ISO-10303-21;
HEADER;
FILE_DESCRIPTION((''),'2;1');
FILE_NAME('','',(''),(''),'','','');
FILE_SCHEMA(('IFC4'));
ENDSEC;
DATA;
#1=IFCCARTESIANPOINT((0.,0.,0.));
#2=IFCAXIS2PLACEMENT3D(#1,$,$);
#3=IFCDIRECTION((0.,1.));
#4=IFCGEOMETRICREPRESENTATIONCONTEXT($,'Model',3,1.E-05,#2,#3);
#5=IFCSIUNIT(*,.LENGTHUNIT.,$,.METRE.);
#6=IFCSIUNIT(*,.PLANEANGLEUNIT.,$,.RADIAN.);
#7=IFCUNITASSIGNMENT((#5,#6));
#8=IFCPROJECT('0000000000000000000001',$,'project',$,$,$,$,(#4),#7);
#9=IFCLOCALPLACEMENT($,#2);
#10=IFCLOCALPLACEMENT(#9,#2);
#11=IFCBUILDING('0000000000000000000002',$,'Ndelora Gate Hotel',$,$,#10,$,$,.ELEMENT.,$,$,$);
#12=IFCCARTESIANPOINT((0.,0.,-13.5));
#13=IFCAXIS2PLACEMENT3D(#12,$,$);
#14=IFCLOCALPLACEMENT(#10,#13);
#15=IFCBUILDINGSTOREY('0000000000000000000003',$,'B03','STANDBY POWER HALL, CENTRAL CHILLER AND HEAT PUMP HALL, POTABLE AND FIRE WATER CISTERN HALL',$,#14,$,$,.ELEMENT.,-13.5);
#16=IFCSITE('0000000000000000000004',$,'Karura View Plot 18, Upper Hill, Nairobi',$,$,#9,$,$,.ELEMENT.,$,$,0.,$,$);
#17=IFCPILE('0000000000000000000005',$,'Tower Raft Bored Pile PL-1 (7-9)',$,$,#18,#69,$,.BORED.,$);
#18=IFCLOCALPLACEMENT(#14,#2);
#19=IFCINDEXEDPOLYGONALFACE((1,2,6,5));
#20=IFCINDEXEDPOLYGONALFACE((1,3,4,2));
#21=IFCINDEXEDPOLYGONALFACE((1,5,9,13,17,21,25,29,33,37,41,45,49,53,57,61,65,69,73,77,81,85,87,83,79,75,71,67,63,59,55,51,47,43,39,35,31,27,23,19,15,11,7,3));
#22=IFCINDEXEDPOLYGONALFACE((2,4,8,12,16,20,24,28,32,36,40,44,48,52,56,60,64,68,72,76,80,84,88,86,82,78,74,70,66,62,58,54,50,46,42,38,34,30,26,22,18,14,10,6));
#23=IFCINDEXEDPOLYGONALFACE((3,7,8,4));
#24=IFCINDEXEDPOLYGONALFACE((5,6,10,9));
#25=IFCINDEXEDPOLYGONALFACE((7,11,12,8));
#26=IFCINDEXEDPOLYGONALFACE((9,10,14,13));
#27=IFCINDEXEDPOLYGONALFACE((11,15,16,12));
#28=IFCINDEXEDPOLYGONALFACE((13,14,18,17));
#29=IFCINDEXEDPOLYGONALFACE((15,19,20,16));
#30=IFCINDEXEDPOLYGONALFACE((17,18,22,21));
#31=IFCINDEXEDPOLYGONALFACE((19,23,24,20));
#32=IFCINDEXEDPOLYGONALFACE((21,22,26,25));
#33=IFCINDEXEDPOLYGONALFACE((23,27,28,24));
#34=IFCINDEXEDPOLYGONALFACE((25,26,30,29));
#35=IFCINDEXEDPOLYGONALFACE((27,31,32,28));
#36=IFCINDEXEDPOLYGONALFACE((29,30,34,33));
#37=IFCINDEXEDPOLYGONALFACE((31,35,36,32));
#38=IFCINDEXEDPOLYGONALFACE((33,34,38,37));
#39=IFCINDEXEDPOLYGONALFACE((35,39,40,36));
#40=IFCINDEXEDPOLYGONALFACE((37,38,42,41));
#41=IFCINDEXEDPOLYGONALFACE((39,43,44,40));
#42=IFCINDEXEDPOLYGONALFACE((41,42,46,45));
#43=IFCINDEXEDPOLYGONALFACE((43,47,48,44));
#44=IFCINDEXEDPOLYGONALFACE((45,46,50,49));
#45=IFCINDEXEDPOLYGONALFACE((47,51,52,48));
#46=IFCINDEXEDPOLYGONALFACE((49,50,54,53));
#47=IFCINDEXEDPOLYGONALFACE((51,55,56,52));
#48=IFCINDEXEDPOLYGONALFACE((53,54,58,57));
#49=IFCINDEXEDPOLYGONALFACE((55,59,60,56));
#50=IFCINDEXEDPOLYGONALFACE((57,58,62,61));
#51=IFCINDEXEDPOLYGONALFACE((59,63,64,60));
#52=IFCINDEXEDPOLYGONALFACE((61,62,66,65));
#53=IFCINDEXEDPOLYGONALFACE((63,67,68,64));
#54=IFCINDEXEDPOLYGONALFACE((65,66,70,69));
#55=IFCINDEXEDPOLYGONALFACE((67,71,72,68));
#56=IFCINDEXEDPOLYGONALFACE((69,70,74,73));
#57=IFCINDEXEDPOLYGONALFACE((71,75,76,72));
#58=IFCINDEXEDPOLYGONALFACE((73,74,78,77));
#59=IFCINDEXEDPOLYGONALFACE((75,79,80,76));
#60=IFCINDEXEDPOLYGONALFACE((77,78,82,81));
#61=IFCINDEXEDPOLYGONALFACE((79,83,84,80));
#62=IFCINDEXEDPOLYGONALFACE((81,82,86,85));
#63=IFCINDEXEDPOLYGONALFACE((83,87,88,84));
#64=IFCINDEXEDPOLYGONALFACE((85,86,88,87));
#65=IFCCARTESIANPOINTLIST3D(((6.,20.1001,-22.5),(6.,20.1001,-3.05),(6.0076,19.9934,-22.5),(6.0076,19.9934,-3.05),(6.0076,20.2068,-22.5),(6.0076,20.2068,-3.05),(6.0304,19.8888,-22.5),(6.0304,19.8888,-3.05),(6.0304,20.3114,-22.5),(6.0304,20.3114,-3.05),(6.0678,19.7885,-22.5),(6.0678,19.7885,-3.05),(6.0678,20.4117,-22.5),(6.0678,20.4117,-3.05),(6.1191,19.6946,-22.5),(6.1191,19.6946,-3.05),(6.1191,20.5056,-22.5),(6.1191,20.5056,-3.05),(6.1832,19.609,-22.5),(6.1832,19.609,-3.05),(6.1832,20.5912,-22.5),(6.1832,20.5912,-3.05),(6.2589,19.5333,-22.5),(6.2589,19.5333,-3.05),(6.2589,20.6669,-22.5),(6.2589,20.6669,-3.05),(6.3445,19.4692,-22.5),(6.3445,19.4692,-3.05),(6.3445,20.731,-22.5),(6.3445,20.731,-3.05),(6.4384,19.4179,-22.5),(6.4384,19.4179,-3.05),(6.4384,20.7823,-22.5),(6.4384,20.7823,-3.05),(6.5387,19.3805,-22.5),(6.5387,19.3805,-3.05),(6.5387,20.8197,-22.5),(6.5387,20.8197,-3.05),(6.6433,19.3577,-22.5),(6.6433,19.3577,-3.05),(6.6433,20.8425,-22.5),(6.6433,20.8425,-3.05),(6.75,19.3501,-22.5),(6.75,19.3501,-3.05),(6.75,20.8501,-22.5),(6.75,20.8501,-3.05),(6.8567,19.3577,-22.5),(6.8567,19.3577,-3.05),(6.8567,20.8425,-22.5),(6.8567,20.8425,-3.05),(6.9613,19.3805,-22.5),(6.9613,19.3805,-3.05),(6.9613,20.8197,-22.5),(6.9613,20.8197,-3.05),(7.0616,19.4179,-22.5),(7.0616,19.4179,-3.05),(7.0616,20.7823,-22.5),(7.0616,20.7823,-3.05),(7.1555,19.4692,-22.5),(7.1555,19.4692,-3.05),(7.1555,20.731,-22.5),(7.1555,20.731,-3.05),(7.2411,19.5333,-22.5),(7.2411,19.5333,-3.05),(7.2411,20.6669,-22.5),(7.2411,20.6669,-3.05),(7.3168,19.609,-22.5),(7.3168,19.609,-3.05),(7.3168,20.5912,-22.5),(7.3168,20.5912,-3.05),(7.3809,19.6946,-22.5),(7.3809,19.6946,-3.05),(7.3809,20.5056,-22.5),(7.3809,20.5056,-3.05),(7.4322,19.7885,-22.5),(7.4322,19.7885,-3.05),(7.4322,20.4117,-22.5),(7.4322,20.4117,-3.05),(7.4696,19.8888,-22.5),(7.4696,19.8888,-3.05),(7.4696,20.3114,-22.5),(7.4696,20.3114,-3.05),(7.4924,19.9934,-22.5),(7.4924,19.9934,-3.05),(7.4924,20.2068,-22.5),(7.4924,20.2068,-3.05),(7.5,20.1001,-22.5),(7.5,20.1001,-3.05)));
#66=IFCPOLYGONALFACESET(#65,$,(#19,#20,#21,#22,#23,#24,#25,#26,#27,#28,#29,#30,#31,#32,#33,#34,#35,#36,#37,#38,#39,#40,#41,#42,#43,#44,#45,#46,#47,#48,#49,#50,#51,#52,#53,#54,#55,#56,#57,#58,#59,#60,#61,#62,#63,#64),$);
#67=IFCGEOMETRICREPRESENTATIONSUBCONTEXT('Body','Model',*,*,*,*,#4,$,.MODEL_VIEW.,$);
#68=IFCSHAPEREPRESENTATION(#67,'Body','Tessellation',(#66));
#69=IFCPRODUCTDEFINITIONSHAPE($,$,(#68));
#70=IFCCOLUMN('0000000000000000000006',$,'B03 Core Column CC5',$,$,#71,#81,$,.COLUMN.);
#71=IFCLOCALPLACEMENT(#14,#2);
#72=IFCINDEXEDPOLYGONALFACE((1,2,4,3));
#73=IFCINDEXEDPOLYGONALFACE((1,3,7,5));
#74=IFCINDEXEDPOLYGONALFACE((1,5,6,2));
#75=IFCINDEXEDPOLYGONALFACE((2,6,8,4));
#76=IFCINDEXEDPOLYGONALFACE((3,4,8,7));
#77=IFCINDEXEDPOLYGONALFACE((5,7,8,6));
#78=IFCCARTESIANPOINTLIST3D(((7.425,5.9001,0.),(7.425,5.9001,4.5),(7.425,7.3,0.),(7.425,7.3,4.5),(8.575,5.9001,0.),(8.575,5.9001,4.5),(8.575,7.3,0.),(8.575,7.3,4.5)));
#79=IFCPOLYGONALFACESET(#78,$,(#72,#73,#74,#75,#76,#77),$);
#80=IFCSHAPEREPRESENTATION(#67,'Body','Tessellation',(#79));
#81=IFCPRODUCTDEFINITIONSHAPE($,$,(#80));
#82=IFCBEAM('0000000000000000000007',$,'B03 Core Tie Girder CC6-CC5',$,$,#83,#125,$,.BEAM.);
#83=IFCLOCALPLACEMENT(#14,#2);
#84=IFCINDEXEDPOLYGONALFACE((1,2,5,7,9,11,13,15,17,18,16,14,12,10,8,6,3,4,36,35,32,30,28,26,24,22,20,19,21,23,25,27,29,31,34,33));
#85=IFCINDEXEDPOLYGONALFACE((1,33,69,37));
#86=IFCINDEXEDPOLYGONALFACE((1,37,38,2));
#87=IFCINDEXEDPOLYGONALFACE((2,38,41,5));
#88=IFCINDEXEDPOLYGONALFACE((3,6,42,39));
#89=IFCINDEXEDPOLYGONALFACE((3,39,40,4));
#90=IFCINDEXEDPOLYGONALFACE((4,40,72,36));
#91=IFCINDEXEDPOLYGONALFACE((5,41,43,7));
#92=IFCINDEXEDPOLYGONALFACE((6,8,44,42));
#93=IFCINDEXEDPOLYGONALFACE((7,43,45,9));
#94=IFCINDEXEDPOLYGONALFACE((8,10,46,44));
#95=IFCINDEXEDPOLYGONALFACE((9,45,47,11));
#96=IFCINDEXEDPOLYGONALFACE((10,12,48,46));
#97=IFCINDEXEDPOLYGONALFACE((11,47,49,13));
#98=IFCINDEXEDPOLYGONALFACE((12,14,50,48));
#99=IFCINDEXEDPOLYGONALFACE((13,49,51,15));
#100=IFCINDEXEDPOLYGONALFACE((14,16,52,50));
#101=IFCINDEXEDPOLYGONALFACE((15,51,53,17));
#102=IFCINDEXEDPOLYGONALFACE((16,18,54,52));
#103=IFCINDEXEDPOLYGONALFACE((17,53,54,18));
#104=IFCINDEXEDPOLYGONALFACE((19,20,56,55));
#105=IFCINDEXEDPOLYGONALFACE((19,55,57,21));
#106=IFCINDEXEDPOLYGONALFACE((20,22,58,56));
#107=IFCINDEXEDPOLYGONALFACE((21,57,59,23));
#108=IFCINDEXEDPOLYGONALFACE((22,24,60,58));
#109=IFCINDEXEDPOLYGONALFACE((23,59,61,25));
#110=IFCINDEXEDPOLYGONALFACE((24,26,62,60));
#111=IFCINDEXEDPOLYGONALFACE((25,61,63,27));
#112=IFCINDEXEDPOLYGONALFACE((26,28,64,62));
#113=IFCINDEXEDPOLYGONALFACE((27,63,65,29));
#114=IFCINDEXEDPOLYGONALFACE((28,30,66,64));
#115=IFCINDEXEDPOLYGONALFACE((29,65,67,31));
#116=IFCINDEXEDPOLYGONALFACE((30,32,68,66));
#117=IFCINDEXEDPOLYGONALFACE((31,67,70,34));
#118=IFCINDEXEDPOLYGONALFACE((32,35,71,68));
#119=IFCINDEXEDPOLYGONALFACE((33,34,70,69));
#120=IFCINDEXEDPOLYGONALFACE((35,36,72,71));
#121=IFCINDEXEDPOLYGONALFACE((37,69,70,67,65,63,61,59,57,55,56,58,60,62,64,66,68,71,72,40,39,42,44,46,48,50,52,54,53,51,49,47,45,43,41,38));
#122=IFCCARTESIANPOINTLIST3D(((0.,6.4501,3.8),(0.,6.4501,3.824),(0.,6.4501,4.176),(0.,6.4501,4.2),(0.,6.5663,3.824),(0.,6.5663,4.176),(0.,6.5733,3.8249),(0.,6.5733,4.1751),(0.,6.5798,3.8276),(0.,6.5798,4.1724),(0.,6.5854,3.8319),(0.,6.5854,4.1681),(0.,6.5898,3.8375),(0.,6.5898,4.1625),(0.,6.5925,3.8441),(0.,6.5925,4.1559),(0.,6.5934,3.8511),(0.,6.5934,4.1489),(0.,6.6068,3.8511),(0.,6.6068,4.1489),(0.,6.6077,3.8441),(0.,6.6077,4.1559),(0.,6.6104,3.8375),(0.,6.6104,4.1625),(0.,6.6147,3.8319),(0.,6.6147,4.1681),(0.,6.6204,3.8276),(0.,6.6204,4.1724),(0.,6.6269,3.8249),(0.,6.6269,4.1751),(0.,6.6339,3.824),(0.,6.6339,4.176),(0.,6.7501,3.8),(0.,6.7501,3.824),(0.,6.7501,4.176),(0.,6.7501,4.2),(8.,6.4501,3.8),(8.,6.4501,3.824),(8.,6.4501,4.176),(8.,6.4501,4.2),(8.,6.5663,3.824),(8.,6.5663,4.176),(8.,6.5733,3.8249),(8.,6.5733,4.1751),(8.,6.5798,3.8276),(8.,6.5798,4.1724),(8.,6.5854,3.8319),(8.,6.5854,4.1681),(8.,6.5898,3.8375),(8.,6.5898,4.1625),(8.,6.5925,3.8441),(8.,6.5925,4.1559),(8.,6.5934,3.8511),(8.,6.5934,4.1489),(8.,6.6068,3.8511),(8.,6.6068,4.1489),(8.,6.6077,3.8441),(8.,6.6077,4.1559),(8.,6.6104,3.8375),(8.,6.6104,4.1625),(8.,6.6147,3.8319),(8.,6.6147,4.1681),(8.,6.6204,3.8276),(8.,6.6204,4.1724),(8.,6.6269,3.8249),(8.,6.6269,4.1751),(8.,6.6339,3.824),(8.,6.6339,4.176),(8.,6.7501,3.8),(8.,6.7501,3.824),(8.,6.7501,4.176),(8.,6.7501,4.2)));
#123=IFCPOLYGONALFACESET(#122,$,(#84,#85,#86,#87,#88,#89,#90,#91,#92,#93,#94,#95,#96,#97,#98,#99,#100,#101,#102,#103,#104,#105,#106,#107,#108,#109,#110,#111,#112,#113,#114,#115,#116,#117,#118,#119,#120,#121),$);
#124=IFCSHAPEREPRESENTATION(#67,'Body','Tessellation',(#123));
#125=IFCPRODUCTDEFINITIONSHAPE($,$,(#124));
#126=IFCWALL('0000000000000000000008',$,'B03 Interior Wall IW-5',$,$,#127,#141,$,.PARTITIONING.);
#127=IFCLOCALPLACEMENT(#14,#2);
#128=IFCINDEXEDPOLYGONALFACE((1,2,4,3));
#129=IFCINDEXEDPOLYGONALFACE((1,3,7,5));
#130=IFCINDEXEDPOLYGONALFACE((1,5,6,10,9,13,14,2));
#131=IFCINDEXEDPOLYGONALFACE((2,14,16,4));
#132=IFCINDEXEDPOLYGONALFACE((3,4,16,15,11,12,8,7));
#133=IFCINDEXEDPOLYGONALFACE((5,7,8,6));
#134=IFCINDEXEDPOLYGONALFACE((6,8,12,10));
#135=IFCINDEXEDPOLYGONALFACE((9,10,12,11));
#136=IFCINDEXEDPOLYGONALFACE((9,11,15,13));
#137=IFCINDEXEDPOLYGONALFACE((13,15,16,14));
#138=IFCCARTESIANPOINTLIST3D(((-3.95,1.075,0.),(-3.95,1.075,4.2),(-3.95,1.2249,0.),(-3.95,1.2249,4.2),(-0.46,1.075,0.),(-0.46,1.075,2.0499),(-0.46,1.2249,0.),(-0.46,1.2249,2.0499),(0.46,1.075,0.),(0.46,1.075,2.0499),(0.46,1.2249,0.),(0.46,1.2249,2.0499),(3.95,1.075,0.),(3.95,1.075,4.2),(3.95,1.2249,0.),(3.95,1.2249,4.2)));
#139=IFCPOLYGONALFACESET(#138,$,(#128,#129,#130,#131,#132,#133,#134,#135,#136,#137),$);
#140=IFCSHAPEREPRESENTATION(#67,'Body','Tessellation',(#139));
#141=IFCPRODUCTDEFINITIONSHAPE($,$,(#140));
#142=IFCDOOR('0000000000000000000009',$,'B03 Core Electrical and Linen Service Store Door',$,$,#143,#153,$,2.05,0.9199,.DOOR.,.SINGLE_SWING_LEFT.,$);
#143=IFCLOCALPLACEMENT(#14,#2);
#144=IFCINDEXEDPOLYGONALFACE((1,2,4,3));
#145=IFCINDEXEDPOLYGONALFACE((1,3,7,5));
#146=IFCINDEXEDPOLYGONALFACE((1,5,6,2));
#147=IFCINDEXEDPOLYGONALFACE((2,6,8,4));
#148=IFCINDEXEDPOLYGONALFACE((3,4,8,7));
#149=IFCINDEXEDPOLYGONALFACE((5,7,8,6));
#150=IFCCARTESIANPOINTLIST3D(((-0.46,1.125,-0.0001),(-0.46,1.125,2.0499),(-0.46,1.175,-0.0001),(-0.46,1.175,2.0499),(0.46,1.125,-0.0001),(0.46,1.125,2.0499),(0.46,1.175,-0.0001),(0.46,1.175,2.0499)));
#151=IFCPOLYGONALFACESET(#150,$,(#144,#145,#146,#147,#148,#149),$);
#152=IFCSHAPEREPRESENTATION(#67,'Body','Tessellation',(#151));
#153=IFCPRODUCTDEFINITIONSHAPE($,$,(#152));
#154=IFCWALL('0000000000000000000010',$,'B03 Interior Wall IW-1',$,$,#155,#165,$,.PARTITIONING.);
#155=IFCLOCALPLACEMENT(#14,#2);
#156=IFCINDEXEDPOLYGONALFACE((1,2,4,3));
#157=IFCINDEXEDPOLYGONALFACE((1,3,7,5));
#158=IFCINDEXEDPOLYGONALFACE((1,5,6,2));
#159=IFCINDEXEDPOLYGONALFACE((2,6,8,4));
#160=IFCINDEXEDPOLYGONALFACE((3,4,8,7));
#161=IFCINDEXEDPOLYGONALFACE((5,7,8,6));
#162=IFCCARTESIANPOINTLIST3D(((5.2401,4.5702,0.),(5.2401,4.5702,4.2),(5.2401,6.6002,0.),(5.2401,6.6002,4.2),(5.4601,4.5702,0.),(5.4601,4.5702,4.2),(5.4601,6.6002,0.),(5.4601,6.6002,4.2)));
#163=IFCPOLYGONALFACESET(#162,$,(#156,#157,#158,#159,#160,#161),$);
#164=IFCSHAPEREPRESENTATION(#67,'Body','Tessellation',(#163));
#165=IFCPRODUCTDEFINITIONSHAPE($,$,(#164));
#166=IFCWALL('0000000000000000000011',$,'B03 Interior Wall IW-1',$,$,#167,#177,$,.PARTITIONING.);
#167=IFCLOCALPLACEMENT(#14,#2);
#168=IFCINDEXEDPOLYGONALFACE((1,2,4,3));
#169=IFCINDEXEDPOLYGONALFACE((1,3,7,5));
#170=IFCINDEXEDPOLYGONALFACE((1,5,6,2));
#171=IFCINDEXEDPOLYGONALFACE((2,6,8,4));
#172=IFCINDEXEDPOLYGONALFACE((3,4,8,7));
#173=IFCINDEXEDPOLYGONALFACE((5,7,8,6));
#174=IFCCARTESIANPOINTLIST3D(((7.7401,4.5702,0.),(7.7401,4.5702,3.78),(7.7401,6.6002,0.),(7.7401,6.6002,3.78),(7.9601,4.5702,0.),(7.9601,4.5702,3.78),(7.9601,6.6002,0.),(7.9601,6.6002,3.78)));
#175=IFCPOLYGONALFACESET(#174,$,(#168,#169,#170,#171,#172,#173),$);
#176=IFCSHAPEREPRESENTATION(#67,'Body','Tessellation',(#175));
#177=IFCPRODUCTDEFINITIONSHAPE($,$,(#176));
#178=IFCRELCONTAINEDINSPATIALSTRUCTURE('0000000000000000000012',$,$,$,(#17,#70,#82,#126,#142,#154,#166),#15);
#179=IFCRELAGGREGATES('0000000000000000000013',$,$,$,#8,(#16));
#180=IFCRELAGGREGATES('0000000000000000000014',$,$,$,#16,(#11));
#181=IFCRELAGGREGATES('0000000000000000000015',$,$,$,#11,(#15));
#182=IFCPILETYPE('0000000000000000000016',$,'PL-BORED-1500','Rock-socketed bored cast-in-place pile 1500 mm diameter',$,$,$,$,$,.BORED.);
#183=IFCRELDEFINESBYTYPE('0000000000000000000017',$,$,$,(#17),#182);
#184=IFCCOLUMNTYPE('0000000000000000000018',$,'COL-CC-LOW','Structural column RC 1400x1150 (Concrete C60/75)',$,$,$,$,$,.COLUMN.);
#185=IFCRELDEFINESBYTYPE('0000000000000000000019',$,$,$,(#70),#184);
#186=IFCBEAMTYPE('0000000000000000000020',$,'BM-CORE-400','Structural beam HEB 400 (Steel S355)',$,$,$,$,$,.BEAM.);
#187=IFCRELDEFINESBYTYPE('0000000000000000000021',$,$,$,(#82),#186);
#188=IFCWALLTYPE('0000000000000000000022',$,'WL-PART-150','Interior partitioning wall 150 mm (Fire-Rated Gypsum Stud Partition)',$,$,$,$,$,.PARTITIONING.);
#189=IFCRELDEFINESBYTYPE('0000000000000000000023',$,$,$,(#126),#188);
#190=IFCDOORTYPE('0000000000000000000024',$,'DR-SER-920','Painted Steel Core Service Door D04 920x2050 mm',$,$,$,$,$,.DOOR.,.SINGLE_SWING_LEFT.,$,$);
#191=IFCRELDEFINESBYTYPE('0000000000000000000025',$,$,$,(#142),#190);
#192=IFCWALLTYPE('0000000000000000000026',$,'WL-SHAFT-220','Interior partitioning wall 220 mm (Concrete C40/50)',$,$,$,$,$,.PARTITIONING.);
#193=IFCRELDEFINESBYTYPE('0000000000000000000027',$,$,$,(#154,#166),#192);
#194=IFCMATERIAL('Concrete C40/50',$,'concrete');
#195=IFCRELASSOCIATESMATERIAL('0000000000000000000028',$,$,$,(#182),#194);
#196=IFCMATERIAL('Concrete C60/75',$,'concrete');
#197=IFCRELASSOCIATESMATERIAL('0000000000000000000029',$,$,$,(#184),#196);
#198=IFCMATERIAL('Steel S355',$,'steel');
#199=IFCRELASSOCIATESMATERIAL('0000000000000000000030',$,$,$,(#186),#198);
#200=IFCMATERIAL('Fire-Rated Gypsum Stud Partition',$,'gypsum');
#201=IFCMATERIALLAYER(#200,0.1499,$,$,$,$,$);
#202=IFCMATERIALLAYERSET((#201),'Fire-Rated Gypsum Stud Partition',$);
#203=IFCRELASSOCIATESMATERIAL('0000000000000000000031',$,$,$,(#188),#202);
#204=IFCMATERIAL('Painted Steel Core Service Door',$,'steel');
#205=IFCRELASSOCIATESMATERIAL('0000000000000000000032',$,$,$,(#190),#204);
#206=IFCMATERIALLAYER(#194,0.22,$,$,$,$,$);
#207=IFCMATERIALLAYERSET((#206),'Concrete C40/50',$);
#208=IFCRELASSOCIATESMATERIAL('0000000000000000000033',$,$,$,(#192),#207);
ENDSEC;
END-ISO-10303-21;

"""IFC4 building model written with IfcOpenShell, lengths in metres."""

from ifc_helpers import new_model, si_unit, direction, frame, frame_2d, origin, origin_2d, place, context, subcontext, project, spatial, rectangle, circle, i_section, extrude, material, layer, layer_set, material_profile, profile_set, type_object, element, fill, save


model = new_model("IFC4")

# Units and contexts
model_context = context("Model", 3, precision=1e-05, world=origin(), true_north=direction((0.0, 1.0)))
body_context = subcontext(model_context, "Body", "Model", "MODEL_VIEW")
ifc_project = project(units=[si_unit("LENGTHUNIT", "METRE"), si_unit("PLANEANGLEUNIT", "RADIAN")], contexts=[model_context])

# Site, building, storey
site_placement = place(None, origin())
site = spatial("IfcSite", under=ifc_project, at=site_placement, Name="Karura View Plot 18, Upper Hill, Nairobi", CompositionType="ELEMENT", RefElevation=0.0)
building_placement = place(site_placement, origin())
building = spatial("IfcBuilding", under=site, at=building_placement, Name="Ndelora Gate Hotel", CompositionType="ELEMENT")
storey_placement = place(building_placement, frame((0.0, 0.0, -13.5)))
storey = spatial("IfcBuildingStorey", under=building, at=storey_placement, Name="B03", Description="STANDBY POWER HALL, CENTRAL CHILLER AND HEAT PUMP HALL, POTABLE AND FIRE WATER CISTERN HALL", CompositionType="ELEMENT", Elevation=-13.5)

# Pile
ifc_material_1 = material(Name="Concrete C40/50", Category="concrete")
ifc_material_profile_1 = material_profile(ifc_material_1, circle(Radius=0.75, at=origin_2d()), Name="PILE D1500")
ifc_profile_set_1 = profile_set([ifc_material_profile_1], Name="Concrete C40/50")
pile_type = type_object("IfcPileType", Name="PL-BORED-1500", Description="Rock-socketed bored cast-in-place pile 1500 mm diameter", PredefinedType="BORED", material=ifc_profile_set_1)
for number, where, z_axis, x_axis, name in (
    (1, (6.75, 20.1001, -3.05), (0.0, 0.0, -1.0), (1.0, 0.0, 0.0), "Tower Raft Bored Pile PL-1 (7-9)"),
):
    element("IfcPile", number, at=place(storey_placement, frame(where, z_axis=z_axis, x_axis=x_axis)), inside=storey, type_object=pile_type, Name=name, PredefinedType="BORED", context=body_context, shape_type="SweptSolid", body=[
        extrude(circle(Radius=0.75, at=origin_2d()), origin(), (0.0, 0.0, 1.0), 19.45),
    ])

# Column
ifc_material_2 = material(Name="Concrete C60/75", Category="concrete")
ifc_material_profile_2 = material_profile(ifc_material_2, rectangle(XDim=1.1499, YDim=1.3999, at=origin_2d()), Name="RC 1400x1150")
ifc_profile_set_2 = profile_set([ifc_material_profile_2], Name="Concrete C60/75")
column_type = type_object("IfcColumnType", Name="COL-CC-LOW", Description="Structural column RC 1400x1150 (Concrete C60/75)", PredefinedType="COLUMN", material=ifc_profile_set_2)
column_placement = place(storey_placement, frame((8.0, 6.6001, 0.0), z_axis=(0.0, 0.0, 1.0), x_axis=(1.0, 0.0, 0.0)))
element("IfcColumn", 2, at=column_placement, inside=storey, type_object=column_type, Name="B03 Core Column CC5", PredefinedType="COLUMN", context=body_context, shape_type="SweptSolid", body=[
    extrude(rectangle(XDim=1.1499, YDim=1.3999, at=origin_2d()), origin(), (0.0, 0.0, 1.0), 4.5),
])

# Beam
ifc_material_3 = material(Name="Steel S355", Category="steel")
ifc_material_profile_3 = material_profile(ifc_material_3, i_section(OverallWidth=0.3, OverallDepth=0.3999, WebThickness=0.0134, FlangeThickness=0.0239, FilletRadius=0.0271, at=origin_2d()), Name="HEB 400")
ifc_profile_set_3 = profile_set([ifc_material_profile_3], Name="Steel S355")
beam_type = type_object("IfcBeamType", Name="BM-CORE-400", Description="Structural beam HEB 400 (Steel S355)", PredefinedType="BEAM", material=ifc_profile_set_3)
beam_placement = place(storey_placement, frame((0.0, 6.6001, 4.0), z_axis=(1.0, 0.0, 0.0), x_axis=(0.0, 1.0, 0.0)))
element("IfcBeam", 3, at=beam_placement, inside=storey, type_object=beam_type, Name="B03 Core Tie Girder CC6-CC5", PredefinedType="BEAM", context=body_context, shape_type="SweptSolid", body=[
    extrude(i_section(OverallWidth=0.3, OverallDepth=0.3999, WebThickness=0.0134, FlangeThickness=0.0239, FilletRadius=0.0271, at=origin_2d()), origin(), (0.0, 0.0, 1.0), 8.0),
])

# Wall, opening, door
ifc_material_4 = material(Name="Fire-Rated Gypsum Stud Partition", Category="gypsum")
ifc_layer_1 = layer(ifc_material_4, 0.1499)
ifc_layer_set_1 = layer_set([ifc_layer_1], Name="Fire-Rated Gypsum Stud Partition")
wall_type_1 = type_object("IfcWallType", Name="WL-PART-150", Description="Interior partitioning wall 150 mm (Fire-Rated Gypsum Stud Partition)", PredefinedType="PARTITIONING", material=ifc_layer_set_1)
wall_1_placement = place(storey_placement, frame((3.95, 1.1499, 0.0), z_axis=(0.0, 0.0, 1.0), x_axis=(-1.0, 0.0, 0.0)))
wall_1 = element("IfcWall", 4, at=wall_1_placement, inside=storey, type_object=wall_type_1, Name="B03 Interior Wall IW-5", PredefinedType="PARTITIONING", context=body_context, shape_type="SweptSolid", body=[
    extrude(rectangle(XDim=7.8999, YDim=0.1499, at=frame_2d((3.95, 0.0))), origin(), (0.0, 0.0, 1.0), 4.2),
])
opening_1_placement = place(wall_1_placement, frame((3.49, 0.0, 0.0)))
opening_1 = element("IfcOpeningElement", 5, at=opening_1_placement, cuts=wall_1, PredefinedType="OPENING", context=body_context, shape_type="SweptSolid", body=[
    extrude(rectangle(XDim=0.9199, YDim=2.05, at=frame_2d((0.46, 1.0249))), frame((0.0, 0.085, 0.0), z_axis=(0.0, -1.0, 0.0), x_axis=(1.0, 0.0, 0.0)), (0.0, 0.0, 1.0), 0.1699),
])
ifc_material_5 = material(Name="Painted Steel Core Service Door", Category="steel")
door_type_1 = type_object("IfcDoorType", Name="DR-SER-920", Description="Painted Steel Core Service Door D04 920x2050 mm", OperationType="SINGLE_SWING_LEFT", PredefinedType="DOOR", material=ifc_material_5)
door_1_placement = place(opening_1_placement, origin())
door_1 = element("IfcDoor", 6, at=door_1_placement, inside=storey, type_object=door_type_1, Name="B03 Core Electrical and Linen Service Store Door", OperationType="SINGLE_SWING_LEFT", OverallHeight=2.05, OverallWidth=0.9199, PredefinedType="DOOR", context=body_context, shape_type="SweptSolid", body=[
    extrude(rectangle(XDim=0.9199, YDim=2.05, at=frame_2d((0.46, 1.0249))), frame((0.0, 0.0249, 0.0), z_axis=(0.0, -1.0, 0.0), x_axis=(1.0, 0.0, 0.0)), (0.0, 0.0, 1.0), 0.05),
])
fill(opening_1, door_1)
ifc_layer_2 = layer(ifc_material_1, 0.22)
ifc_layer_set_2 = layer_set([ifc_layer_2], Name="Concrete C40/50")
wall_type_2 = type_object("IfcWallType", Name="WL-SHAFT-220", Description="Interior partitioning wall 220 mm (Concrete C40/50)", PredefinedType="PARTITIONING", material=ifc_layer_set_2)

# Walls
wall_2_placement = place(storey_placement, frame((5.3501, 4.5701, 0.0), z_axis=(0.0, 0.0, 1.0), x_axis=(0.0, 1.0, 0.0)))
element("IfcWall", 7, at=wall_2_placement, inside=storey, type_object=wall_type_2, Name="B03 Interior Wall IW-1", PredefinedType="PARTITIONING", context=body_context, shape_type="SweptSolid", body=[
    extrude(rectangle(XDim=2.03, YDim=0.22, at=frame_2d((1.0151, 0.0))), origin(), (0.0, 0.0, 1.0), 4.2),
])
wall_3_placement = place(storey_placement, frame((7.8501, 4.5701, 0.0), z_axis=(0.0, 0.0, 1.0), x_axis=(0.0, 1.0, 0.0)))
element("IfcWall", 8, at=wall_3_placement, inside=storey, type_object=wall_type_2, Name="B03 Interior Wall IW-1", PredefinedType="PARTITIONING", context=body_context, shape_type="SweptSolid", body=[
    extrude(rectangle(XDim=2.03, YDim=0.22, at=frame_2d((1.0151, 0.0))), origin(), (0.0, 0.0, 1.0), 3.78),
])

save(model, "model.ifc")
